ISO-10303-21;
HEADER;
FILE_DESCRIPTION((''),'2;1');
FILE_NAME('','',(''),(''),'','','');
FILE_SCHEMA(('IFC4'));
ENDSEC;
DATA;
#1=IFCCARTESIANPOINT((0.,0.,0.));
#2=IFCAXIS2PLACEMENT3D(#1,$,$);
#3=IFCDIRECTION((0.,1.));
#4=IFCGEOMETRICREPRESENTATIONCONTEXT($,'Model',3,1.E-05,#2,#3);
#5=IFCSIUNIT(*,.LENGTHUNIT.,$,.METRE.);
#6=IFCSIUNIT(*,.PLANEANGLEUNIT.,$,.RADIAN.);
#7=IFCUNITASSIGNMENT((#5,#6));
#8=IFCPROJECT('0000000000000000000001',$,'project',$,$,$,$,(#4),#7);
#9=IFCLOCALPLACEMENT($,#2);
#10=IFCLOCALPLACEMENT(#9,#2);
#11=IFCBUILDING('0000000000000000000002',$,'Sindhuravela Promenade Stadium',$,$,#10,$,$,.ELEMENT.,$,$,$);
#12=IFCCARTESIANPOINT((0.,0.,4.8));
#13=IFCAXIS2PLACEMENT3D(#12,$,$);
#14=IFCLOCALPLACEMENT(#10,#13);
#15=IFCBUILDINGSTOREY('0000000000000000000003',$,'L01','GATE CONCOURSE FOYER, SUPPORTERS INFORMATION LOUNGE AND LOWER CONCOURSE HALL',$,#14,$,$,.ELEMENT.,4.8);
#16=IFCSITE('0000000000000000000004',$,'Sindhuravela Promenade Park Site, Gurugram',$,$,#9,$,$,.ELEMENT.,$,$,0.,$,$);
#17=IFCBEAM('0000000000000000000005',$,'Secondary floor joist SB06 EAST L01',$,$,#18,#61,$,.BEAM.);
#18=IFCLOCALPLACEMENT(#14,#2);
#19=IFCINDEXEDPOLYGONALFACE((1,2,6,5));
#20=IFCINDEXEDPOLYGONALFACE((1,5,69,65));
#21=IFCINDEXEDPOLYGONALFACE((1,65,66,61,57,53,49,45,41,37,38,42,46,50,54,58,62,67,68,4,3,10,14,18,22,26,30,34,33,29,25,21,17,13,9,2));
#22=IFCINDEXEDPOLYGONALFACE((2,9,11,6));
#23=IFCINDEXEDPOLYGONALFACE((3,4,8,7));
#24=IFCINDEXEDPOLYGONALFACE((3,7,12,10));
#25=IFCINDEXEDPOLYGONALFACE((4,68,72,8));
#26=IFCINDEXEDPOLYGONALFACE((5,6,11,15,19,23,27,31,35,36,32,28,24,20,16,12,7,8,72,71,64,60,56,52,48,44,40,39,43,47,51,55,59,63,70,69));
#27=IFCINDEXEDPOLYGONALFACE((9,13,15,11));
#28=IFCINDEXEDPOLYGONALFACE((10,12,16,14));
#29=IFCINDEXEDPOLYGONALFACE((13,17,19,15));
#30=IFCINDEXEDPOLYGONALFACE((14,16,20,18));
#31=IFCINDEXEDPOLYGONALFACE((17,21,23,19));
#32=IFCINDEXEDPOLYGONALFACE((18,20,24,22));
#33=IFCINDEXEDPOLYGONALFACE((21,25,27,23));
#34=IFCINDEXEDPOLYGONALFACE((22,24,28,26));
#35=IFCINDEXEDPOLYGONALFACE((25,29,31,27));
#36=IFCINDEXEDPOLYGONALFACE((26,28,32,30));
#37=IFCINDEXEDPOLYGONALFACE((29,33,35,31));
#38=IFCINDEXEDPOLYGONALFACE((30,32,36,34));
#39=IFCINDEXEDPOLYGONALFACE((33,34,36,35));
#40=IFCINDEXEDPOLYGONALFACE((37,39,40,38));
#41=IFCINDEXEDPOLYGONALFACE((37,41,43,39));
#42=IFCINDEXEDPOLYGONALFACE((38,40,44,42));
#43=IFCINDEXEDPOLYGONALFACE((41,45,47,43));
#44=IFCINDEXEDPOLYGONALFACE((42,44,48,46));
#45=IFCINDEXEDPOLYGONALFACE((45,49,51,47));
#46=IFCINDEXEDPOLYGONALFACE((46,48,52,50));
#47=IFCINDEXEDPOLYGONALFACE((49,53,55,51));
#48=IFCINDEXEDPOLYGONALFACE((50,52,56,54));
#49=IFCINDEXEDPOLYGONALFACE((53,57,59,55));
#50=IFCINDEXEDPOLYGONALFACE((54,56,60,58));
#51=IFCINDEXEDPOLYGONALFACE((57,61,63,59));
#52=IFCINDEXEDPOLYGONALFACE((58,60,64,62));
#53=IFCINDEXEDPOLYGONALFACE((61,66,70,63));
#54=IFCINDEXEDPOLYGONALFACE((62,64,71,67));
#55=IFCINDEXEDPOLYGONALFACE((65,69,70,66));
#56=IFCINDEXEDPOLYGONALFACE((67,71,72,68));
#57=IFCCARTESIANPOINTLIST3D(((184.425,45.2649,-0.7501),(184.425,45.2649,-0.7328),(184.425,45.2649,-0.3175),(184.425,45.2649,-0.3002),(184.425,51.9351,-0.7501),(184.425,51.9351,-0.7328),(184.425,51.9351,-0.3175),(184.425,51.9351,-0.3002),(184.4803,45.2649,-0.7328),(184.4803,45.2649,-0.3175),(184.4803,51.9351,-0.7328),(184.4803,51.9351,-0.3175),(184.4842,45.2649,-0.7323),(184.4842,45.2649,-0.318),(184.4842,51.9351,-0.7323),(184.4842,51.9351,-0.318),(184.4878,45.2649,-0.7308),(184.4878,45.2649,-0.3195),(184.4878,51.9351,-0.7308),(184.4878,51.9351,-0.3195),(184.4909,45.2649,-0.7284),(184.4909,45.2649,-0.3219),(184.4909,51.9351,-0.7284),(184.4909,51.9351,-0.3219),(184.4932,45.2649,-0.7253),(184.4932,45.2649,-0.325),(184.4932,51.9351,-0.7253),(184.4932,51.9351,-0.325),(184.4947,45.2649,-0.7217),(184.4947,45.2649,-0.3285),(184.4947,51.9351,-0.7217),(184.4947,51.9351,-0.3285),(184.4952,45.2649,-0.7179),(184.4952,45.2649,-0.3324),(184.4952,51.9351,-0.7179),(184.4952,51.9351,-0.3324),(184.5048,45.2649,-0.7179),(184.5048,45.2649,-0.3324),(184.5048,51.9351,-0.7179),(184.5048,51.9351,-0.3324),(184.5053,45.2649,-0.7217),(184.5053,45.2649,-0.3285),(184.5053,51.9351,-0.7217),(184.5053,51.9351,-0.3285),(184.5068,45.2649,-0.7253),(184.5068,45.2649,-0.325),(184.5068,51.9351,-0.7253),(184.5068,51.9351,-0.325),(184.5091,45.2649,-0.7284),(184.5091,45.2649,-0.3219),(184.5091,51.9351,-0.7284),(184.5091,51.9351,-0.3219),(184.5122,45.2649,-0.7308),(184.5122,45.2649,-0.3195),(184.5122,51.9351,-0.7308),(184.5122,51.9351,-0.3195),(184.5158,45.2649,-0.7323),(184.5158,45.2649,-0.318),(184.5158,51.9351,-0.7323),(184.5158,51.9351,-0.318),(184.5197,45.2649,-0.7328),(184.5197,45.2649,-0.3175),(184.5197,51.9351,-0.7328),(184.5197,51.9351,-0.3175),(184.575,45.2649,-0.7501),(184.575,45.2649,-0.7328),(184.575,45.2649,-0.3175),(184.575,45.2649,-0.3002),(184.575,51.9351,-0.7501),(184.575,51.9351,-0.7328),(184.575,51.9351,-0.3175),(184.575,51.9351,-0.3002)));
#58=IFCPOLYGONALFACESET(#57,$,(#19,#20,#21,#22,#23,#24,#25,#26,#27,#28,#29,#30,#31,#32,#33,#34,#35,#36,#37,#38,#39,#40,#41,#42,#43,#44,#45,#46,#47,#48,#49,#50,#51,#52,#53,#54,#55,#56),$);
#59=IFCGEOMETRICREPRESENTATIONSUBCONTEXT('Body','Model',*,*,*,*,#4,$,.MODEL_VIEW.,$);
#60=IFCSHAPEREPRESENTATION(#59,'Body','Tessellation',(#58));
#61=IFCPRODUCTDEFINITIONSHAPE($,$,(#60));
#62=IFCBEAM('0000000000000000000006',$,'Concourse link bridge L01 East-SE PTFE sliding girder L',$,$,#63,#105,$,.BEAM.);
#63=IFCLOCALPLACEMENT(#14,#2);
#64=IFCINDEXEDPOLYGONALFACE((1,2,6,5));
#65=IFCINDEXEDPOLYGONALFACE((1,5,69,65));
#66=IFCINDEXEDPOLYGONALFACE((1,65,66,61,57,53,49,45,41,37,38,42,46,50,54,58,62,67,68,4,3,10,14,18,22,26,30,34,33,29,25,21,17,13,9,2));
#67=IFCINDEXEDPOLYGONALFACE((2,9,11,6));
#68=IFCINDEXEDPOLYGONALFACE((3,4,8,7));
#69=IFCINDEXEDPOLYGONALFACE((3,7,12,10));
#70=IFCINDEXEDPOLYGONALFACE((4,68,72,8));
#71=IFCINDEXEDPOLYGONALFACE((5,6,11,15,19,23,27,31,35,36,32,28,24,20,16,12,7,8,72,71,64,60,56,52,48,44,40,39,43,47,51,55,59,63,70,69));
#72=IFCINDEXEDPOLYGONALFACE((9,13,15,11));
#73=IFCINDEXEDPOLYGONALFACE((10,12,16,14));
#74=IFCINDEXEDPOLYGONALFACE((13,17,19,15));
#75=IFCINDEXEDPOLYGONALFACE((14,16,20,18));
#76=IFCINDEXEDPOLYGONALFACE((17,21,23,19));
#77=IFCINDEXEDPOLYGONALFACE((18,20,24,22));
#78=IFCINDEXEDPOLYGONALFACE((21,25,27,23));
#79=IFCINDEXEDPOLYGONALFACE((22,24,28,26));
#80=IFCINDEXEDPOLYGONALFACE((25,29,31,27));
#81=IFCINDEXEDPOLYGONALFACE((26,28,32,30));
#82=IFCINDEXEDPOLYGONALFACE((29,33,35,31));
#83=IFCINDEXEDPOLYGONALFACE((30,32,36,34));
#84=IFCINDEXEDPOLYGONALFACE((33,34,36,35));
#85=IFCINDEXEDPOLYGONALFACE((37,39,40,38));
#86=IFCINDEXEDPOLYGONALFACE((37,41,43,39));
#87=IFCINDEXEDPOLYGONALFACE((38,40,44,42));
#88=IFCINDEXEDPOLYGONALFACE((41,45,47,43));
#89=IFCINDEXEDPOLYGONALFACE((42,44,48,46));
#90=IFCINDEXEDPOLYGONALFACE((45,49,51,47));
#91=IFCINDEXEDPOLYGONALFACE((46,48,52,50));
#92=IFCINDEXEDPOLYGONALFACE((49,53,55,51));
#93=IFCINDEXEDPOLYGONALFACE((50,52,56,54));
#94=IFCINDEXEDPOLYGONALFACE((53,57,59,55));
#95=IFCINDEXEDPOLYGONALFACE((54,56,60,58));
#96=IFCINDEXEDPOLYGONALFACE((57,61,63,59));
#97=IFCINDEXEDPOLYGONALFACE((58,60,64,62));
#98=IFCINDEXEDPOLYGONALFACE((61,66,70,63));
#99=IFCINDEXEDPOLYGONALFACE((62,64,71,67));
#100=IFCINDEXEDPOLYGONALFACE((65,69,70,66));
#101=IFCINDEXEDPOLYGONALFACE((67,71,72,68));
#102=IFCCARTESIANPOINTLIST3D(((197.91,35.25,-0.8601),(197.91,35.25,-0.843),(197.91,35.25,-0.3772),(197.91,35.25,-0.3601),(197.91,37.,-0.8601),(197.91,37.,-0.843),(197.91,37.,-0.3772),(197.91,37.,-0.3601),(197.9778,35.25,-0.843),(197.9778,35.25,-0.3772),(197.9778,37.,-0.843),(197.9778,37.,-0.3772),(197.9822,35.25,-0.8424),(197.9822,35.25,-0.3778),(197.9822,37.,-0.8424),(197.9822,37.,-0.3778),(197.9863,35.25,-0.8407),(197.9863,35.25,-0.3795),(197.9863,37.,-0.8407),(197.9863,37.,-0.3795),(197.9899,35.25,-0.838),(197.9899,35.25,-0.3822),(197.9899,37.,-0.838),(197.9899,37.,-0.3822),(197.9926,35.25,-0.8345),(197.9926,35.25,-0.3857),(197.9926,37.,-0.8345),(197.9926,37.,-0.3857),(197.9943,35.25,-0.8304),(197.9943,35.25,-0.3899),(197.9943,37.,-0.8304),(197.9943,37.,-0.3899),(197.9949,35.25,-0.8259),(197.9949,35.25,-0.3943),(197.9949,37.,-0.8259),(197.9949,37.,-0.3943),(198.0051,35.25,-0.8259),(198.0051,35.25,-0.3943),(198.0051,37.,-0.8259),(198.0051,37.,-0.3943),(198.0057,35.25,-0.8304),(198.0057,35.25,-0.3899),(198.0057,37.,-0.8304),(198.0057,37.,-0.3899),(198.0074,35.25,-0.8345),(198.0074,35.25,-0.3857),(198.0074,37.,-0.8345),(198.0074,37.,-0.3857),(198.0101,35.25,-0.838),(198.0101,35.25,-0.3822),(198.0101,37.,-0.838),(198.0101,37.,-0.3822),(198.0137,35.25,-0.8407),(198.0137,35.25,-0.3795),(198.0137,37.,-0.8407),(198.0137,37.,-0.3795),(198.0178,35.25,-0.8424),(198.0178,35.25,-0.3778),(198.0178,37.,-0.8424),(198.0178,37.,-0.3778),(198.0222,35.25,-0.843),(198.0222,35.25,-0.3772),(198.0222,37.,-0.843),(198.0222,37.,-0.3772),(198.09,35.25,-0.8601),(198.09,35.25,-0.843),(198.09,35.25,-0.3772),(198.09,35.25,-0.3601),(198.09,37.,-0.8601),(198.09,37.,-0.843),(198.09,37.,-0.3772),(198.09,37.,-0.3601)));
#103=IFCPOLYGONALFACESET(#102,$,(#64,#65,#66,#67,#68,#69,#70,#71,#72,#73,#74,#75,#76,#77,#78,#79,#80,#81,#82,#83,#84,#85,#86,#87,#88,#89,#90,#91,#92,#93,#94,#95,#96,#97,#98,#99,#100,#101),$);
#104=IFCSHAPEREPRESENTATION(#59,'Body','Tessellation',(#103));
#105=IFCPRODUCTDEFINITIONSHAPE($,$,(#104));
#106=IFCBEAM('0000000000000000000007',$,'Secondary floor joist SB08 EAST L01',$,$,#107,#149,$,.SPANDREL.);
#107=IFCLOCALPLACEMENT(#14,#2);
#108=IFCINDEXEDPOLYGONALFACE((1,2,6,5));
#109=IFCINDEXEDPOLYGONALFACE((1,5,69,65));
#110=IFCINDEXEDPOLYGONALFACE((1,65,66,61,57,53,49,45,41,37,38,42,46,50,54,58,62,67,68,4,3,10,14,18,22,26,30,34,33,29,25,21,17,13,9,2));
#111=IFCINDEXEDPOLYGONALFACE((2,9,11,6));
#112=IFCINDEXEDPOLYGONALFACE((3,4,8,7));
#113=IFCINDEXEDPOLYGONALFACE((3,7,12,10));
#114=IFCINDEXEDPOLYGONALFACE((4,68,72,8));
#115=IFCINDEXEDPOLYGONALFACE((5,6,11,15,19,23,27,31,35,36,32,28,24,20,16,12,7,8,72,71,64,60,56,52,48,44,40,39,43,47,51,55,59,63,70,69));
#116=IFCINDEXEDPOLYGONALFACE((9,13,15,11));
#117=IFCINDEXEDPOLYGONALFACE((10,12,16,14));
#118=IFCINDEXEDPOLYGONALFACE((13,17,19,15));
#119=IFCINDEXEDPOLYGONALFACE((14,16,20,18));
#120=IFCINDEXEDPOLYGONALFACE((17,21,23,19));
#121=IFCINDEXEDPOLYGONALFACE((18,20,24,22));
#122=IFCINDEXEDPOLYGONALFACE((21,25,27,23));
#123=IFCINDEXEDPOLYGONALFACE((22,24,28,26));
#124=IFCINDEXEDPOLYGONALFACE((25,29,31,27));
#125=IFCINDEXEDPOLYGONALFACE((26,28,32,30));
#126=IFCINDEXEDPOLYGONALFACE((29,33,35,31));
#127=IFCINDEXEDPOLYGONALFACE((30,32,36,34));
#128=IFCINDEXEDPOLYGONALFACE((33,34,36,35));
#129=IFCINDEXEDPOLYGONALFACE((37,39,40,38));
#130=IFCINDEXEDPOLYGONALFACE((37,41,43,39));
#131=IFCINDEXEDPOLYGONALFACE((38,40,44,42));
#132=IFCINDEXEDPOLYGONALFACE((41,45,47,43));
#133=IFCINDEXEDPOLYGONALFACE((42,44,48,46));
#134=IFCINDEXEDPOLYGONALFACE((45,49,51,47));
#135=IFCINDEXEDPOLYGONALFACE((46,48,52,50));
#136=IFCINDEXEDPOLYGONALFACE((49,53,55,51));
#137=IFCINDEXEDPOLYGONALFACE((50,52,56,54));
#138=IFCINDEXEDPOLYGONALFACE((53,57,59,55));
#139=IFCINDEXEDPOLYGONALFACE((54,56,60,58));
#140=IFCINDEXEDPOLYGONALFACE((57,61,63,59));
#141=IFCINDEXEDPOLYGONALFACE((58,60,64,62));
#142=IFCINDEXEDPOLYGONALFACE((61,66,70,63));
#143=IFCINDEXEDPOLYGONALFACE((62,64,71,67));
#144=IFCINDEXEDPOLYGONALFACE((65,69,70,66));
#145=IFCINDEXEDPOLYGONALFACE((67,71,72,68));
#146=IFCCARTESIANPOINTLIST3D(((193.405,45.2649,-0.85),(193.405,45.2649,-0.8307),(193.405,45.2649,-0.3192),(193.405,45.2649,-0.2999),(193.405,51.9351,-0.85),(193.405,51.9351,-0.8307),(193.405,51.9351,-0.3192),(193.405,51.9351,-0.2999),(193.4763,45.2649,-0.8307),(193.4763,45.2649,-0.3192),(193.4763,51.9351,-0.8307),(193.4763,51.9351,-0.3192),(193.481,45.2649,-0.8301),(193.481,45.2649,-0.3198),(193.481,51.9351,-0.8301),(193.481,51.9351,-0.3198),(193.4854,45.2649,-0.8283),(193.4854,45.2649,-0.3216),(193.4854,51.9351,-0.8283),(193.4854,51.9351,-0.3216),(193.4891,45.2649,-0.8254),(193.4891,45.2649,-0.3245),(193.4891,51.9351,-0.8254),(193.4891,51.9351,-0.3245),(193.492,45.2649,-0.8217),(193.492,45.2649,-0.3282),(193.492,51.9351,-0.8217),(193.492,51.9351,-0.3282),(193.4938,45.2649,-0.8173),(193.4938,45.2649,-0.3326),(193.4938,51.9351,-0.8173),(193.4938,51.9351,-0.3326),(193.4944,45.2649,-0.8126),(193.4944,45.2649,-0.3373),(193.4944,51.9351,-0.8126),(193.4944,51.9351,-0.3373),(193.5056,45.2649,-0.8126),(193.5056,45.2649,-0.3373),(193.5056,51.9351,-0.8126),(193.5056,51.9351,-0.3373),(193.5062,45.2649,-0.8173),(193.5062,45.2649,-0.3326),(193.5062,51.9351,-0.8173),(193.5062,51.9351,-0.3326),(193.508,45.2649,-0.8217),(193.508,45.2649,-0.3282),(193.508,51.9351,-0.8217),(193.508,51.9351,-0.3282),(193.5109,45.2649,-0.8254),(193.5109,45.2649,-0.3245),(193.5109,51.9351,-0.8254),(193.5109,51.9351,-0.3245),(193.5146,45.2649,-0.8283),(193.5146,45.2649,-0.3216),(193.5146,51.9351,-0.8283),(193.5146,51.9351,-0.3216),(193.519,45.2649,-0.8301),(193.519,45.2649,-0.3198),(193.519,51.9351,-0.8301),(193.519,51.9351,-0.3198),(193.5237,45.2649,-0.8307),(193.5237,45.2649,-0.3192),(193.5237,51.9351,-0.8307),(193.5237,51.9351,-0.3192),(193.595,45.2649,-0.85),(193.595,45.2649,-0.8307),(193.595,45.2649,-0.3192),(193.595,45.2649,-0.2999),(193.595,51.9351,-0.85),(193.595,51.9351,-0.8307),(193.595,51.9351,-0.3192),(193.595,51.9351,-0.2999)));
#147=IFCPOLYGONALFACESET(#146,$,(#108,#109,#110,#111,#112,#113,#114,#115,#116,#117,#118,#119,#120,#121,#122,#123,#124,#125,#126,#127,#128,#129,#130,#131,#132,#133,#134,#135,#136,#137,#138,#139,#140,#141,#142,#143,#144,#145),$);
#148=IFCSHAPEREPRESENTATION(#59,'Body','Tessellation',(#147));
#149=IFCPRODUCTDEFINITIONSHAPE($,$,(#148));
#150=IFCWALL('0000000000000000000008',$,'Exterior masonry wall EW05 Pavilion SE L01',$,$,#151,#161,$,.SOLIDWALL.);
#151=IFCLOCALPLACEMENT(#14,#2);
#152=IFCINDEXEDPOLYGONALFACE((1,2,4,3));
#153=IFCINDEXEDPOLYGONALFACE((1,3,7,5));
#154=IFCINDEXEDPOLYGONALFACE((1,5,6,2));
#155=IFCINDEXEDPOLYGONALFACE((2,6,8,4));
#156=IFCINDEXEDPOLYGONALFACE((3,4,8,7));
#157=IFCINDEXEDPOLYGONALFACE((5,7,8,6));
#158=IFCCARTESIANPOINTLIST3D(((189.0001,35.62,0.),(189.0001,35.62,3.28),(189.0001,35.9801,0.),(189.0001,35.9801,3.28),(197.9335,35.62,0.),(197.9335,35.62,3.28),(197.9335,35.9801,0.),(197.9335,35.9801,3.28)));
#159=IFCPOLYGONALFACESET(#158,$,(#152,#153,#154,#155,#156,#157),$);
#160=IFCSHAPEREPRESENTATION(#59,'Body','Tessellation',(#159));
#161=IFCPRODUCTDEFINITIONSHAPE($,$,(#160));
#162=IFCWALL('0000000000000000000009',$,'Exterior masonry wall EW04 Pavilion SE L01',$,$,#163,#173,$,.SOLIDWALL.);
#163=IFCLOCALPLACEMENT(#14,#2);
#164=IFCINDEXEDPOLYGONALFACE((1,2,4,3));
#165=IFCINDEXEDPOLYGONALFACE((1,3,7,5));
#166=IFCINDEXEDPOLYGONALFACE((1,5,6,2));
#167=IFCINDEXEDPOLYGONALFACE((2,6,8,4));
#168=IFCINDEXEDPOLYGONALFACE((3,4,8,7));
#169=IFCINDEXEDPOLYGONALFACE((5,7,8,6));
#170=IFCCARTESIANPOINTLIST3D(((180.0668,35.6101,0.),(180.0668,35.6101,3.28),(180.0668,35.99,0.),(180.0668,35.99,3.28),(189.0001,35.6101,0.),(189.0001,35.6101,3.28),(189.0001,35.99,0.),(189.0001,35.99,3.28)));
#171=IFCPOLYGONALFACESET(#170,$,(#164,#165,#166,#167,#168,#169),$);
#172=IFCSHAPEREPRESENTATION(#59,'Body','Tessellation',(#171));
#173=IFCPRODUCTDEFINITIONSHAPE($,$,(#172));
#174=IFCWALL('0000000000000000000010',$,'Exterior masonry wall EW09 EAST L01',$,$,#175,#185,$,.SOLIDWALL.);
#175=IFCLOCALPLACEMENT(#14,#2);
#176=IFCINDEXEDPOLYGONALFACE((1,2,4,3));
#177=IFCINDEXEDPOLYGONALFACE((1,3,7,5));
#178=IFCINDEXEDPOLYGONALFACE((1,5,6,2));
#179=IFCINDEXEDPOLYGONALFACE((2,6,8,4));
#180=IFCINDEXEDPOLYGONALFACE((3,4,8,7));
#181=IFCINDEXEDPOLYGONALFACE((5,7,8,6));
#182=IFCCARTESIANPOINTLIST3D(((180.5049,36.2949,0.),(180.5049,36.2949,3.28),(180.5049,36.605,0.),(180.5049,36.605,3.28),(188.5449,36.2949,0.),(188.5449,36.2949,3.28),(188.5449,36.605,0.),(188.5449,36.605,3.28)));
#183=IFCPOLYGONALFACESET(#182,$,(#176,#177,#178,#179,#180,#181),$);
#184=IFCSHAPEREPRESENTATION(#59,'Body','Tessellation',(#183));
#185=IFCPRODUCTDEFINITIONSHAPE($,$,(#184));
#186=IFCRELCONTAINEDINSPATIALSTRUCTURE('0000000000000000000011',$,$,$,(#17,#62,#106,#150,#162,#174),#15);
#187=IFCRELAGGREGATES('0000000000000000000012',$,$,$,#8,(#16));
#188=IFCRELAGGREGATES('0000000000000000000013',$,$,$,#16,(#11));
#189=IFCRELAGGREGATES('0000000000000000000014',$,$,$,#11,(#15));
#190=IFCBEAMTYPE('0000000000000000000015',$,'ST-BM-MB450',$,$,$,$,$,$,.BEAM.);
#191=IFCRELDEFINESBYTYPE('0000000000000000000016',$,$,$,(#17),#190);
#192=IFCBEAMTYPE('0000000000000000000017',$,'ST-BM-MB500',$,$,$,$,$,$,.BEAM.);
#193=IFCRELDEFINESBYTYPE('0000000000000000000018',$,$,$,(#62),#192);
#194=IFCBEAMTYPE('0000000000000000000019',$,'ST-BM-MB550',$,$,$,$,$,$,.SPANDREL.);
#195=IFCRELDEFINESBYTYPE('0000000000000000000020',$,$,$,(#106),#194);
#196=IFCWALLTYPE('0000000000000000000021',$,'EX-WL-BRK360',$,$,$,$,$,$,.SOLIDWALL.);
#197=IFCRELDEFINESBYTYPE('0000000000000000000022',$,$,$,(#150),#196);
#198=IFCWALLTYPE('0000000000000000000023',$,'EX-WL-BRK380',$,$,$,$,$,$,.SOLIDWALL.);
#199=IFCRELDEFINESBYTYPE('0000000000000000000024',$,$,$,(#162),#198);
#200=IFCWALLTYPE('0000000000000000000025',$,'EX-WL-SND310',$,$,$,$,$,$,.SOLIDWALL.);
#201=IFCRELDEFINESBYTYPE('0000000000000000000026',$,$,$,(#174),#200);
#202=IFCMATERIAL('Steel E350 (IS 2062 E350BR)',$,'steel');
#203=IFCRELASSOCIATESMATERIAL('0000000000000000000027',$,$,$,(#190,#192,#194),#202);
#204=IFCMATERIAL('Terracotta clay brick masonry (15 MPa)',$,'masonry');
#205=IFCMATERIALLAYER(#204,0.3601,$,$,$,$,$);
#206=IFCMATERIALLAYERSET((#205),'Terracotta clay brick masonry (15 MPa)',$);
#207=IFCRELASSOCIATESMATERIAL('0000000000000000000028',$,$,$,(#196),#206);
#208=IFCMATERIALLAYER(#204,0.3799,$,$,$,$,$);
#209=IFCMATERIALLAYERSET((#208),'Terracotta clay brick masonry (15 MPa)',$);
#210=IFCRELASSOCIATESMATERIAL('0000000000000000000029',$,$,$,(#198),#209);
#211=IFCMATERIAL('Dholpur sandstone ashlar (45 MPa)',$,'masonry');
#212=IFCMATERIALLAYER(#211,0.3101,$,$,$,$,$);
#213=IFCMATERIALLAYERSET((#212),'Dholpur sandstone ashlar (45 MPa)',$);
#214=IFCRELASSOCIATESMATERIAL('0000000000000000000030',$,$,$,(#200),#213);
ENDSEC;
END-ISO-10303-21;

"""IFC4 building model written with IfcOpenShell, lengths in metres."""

from ifc_helpers import new_model, si_unit, direction, frame, frame_2d, origin, origin_2d, place, context, subcontext, project, spatial, rectangle, i_section, extrude, material, layer, layer_set, material_profile, profile_set, type_object, element, save


model = new_model("IFC4")

# Units and contexts
model_context = context("Model", 3, precision=1e-05, world=origin(), true_north=direction((0.0, 1.0)))
body_context = subcontext(model_context, "Body", "Model", "MODEL_VIEW")
ifc_project = project(units=[si_unit("LENGTHUNIT", "METRE"), si_unit("PLANEANGLEUNIT", "RADIAN")], contexts=[model_context])

# Site, building, storey
site_placement = place(None, origin())
site = spatial("IfcSite", under=ifc_project, at=site_placement, Name="Sindhuravela Promenade Park Site, Gurugram", CompositionType="ELEMENT", RefElevation=0.0)
building_placement = place(site_placement, origin())
building = spatial("IfcBuilding", under=site, at=building_placement, Name="Sindhuravela Promenade Stadium", CompositionType="ELEMENT")
storey_placement = place(building_placement, frame((0.0, 0.0, 4.8)))
storey = spatial("IfcBuildingStorey", under=building, at=storey_placement, Name="L01", Description="GATE CONCOURSE FOYER, SUPPORTERS INFORMATION LOUNGE AND LOWER CONCOURSE HALL", CompositionType="ELEMENT", Elevation=4.8)

# Beams
ifc_material_1 = material(Name="Steel E350 (IS 2062 E350BR)", Category="steel")
ifc_material_profile_1 = material_profile(ifc_material_1, i_section(OverallWidth=0.1499, OverallDepth=0.45, WebThickness=0.0095, FlangeThickness=0.0173, FilletRadius=0.0149, at=origin_2d()), Name="ISMB 450")
ifc_profile_set_1 = profile_set([ifc_material_profile_1], Name="Steel E350 (IS 2062 E350BR)")
beam_type_1 = type_object("IfcBeamType", Name="ST-BM-MB450", PredefinedType="BEAM", material=ifc_profile_set_1)
beam_1_placement = place(storey_placement, frame((184.5, 45.2649, -0.5251), z_axis=(0.0, 1.0, 0.0), x_axis=(-1.0, 0.0, 0.0)))
element("IfcBeam", 1, at=beam_1_placement, inside=storey, type_object=beam_type_1, Name="Secondary floor joist SB06 EAST L01", PredefinedType="BEAM", context=body_context, shape_type="SweptSolid", body=[
    extrude(i_section(OverallWidth=0.1499, OverallDepth=0.45, WebThickness=0.0095, FlangeThickness=0.0173, FilletRadius=0.0149, at=origin_2d()), origin(), (0.0, 0.0, 1.0), 6.6702),
])
ifc_material_profile_2 = material_profile(ifc_material_1, i_section(OverallWidth=0.1799, OverallDepth=0.5, WebThickness=0.0103, FlangeThickness=0.0171, FilletRadius=0.0171, at=origin_2d()), Name="ISMB 500")
ifc_profile_set_2 = profile_set([ifc_material_profile_2], Name="Steel E350 (IS 2062 E350BR)")
beam_type_2 = type_object("IfcBeamType", Name="ST-BM-MB500", PredefinedType="BEAM", material=ifc_profile_set_2)
beam_2_placement = place(storey_placement, frame((198.0, 35.25, -0.6101), z_axis=(0.0, 1.0, 0.0), x_axis=(-1.0, 0.0, 0.0)))
element("IfcBeam", 2, at=beam_2_placement, inside=storey, type_object=beam_type_2, Name="Concourse link bridge L01 East-SE PTFE sliding girder L", PredefinedType="BEAM", context=body_context, shape_type="SweptSolid", body=[
    extrude(i_section(OverallWidth=0.1799, OverallDepth=0.5, WebThickness=0.0103, FlangeThickness=0.0171, FilletRadius=0.0171, at=origin_2d()), origin(), (0.0, 0.0, 1.0), 1.75),
])
ifc_material_profile_3 = material_profile(ifc_material_1, i_section(OverallWidth=0.1899, OverallDepth=0.55, WebThickness=0.0112, FlangeThickness=0.0193, FilletRadius=0.0181, at=origin_2d()), Name="ISMB 550")
ifc_profile_set_3 = profile_set([ifc_material_profile_3], Name="Steel E350 (IS 2062 E350BR)")
beam_type_3 = type_object("IfcBeamType", Name="ST-BM-MB550", PredefinedType="SPANDREL", material=ifc_profile_set_3)
beam_3_placement = place(storey_placement, frame((193.5, 45.2649, -0.575), z_axis=(0.0, 1.0, 0.0), x_axis=(-1.0, 0.0, 0.0)))
element("IfcBeam", 3, at=beam_3_placement, inside=storey, type_object=beam_type_3, Name="Secondary floor joist SB08 EAST L01", PredefinedType="SPANDREL", context=body_context, shape_type="SweptSolid", body=[
    extrude(i_section(OverallWidth=0.1899, OverallDepth=0.55, WebThickness=0.0112, FlangeThickness=0.0193, FilletRadius=0.0181, at=origin_2d()), origin(), (0.0, 0.0, 1.0), 6.6702),
])

# Walls
ifc_material_2 = material(Name="Terracotta clay brick masonry (15 MPa)", Category="masonry")
ifc_layer_1 = layer(ifc_material_2, 0.3601)
ifc_layer_set_1 = layer_set([ifc_layer_1], Name="Terracotta clay brick masonry (15 MPa)")
wall_type_1 = type_object("IfcWallType", Name="EX-WL-BRK360", PredefinedType="SOLIDWALL", material=ifc_layer_set_1)
wall_1_placement = place(storey_placement, frame((189.0, 35.8, 0.0), z_axis=(0.0, 0.0, 1.0), x_axis=(1.0, 0.0, 0.0)))
element("IfcWall", 4, at=wall_1_placement, inside=storey, type_object=wall_type_1, Name="Exterior masonry wall EW05 Pavilion SE L01", PredefinedType="SOLIDWALL", context=body_context, shape_type="SweptSolid", body=[
    extrude(rectangle(XDim=8.9333, YDim=0.3601, at=frame_2d((4.4668, 0.0))), origin(), (0.0, 0.0, 1.0), 3.28),
])
ifc_layer_2 = layer(ifc_material_2, 0.3799)
ifc_layer_set_2 = layer_set([ifc_layer_2], Name="Terracotta clay brick masonry (15 MPa)")
wall_type_2 = type_object("IfcWallType", Name="EX-WL-BRK380", PredefinedType="SOLIDWALL", material=ifc_layer_set_2)
wall_2_placement = place(storey_placement, frame((180.0667, 35.8, 0.0), z_axis=(0.0, 0.0, 1.0), x_axis=(1.0, 0.0, 0.0)))
element("IfcWall", 5, at=wall_2_placement, inside=storey, type_object=wall_type_2, Name="Exterior masonry wall EW04 Pavilion SE L01", PredefinedType="SOLIDWALL", context=body_context, shape_type="SweptSolid", body=[
    extrude(rectangle(XDim=8.9333, YDim=0.3799, at=frame_2d((4.4668, 0.0))), origin(), (0.0, 0.0, 1.0), 3.28),
])
ifc_material_3 = material(Name="Dholpur sandstone ashlar (45 MPa)", Category="masonry")
ifc_layer_3 = layer(ifc_material_3, 0.3101)
ifc_layer_set_3 = layer_set([ifc_layer_3], Name="Dholpur sandstone ashlar (45 MPa)")
wall_type_3 = type_object("IfcWallType", Name="EX-WL-SND310", PredefinedType="SOLIDWALL", material=ifc_layer_set_3)
wall_3_placement = place(storey_placement, frame((188.5449, 36.45, 0.0), z_axis=(0.0, 0.0, 1.0), x_axis=(-1.0, 0.0, 0.0)))
element("IfcWall", 6, at=wall_3_placement, inside=storey, type_object=wall_type_3, Name="Exterior masonry wall EW09 EAST L01", PredefinedType="SOLIDWALL", context=body_context, shape_type="SweptSolid", body=[
    extrude(rectangle(XDim=8.04, YDim=0.3101, at=frame_2d((4.02, 0.0))), origin(), (0.0, 0.0, 1.0), 3.28),
])

save(model, "model.ifc")
